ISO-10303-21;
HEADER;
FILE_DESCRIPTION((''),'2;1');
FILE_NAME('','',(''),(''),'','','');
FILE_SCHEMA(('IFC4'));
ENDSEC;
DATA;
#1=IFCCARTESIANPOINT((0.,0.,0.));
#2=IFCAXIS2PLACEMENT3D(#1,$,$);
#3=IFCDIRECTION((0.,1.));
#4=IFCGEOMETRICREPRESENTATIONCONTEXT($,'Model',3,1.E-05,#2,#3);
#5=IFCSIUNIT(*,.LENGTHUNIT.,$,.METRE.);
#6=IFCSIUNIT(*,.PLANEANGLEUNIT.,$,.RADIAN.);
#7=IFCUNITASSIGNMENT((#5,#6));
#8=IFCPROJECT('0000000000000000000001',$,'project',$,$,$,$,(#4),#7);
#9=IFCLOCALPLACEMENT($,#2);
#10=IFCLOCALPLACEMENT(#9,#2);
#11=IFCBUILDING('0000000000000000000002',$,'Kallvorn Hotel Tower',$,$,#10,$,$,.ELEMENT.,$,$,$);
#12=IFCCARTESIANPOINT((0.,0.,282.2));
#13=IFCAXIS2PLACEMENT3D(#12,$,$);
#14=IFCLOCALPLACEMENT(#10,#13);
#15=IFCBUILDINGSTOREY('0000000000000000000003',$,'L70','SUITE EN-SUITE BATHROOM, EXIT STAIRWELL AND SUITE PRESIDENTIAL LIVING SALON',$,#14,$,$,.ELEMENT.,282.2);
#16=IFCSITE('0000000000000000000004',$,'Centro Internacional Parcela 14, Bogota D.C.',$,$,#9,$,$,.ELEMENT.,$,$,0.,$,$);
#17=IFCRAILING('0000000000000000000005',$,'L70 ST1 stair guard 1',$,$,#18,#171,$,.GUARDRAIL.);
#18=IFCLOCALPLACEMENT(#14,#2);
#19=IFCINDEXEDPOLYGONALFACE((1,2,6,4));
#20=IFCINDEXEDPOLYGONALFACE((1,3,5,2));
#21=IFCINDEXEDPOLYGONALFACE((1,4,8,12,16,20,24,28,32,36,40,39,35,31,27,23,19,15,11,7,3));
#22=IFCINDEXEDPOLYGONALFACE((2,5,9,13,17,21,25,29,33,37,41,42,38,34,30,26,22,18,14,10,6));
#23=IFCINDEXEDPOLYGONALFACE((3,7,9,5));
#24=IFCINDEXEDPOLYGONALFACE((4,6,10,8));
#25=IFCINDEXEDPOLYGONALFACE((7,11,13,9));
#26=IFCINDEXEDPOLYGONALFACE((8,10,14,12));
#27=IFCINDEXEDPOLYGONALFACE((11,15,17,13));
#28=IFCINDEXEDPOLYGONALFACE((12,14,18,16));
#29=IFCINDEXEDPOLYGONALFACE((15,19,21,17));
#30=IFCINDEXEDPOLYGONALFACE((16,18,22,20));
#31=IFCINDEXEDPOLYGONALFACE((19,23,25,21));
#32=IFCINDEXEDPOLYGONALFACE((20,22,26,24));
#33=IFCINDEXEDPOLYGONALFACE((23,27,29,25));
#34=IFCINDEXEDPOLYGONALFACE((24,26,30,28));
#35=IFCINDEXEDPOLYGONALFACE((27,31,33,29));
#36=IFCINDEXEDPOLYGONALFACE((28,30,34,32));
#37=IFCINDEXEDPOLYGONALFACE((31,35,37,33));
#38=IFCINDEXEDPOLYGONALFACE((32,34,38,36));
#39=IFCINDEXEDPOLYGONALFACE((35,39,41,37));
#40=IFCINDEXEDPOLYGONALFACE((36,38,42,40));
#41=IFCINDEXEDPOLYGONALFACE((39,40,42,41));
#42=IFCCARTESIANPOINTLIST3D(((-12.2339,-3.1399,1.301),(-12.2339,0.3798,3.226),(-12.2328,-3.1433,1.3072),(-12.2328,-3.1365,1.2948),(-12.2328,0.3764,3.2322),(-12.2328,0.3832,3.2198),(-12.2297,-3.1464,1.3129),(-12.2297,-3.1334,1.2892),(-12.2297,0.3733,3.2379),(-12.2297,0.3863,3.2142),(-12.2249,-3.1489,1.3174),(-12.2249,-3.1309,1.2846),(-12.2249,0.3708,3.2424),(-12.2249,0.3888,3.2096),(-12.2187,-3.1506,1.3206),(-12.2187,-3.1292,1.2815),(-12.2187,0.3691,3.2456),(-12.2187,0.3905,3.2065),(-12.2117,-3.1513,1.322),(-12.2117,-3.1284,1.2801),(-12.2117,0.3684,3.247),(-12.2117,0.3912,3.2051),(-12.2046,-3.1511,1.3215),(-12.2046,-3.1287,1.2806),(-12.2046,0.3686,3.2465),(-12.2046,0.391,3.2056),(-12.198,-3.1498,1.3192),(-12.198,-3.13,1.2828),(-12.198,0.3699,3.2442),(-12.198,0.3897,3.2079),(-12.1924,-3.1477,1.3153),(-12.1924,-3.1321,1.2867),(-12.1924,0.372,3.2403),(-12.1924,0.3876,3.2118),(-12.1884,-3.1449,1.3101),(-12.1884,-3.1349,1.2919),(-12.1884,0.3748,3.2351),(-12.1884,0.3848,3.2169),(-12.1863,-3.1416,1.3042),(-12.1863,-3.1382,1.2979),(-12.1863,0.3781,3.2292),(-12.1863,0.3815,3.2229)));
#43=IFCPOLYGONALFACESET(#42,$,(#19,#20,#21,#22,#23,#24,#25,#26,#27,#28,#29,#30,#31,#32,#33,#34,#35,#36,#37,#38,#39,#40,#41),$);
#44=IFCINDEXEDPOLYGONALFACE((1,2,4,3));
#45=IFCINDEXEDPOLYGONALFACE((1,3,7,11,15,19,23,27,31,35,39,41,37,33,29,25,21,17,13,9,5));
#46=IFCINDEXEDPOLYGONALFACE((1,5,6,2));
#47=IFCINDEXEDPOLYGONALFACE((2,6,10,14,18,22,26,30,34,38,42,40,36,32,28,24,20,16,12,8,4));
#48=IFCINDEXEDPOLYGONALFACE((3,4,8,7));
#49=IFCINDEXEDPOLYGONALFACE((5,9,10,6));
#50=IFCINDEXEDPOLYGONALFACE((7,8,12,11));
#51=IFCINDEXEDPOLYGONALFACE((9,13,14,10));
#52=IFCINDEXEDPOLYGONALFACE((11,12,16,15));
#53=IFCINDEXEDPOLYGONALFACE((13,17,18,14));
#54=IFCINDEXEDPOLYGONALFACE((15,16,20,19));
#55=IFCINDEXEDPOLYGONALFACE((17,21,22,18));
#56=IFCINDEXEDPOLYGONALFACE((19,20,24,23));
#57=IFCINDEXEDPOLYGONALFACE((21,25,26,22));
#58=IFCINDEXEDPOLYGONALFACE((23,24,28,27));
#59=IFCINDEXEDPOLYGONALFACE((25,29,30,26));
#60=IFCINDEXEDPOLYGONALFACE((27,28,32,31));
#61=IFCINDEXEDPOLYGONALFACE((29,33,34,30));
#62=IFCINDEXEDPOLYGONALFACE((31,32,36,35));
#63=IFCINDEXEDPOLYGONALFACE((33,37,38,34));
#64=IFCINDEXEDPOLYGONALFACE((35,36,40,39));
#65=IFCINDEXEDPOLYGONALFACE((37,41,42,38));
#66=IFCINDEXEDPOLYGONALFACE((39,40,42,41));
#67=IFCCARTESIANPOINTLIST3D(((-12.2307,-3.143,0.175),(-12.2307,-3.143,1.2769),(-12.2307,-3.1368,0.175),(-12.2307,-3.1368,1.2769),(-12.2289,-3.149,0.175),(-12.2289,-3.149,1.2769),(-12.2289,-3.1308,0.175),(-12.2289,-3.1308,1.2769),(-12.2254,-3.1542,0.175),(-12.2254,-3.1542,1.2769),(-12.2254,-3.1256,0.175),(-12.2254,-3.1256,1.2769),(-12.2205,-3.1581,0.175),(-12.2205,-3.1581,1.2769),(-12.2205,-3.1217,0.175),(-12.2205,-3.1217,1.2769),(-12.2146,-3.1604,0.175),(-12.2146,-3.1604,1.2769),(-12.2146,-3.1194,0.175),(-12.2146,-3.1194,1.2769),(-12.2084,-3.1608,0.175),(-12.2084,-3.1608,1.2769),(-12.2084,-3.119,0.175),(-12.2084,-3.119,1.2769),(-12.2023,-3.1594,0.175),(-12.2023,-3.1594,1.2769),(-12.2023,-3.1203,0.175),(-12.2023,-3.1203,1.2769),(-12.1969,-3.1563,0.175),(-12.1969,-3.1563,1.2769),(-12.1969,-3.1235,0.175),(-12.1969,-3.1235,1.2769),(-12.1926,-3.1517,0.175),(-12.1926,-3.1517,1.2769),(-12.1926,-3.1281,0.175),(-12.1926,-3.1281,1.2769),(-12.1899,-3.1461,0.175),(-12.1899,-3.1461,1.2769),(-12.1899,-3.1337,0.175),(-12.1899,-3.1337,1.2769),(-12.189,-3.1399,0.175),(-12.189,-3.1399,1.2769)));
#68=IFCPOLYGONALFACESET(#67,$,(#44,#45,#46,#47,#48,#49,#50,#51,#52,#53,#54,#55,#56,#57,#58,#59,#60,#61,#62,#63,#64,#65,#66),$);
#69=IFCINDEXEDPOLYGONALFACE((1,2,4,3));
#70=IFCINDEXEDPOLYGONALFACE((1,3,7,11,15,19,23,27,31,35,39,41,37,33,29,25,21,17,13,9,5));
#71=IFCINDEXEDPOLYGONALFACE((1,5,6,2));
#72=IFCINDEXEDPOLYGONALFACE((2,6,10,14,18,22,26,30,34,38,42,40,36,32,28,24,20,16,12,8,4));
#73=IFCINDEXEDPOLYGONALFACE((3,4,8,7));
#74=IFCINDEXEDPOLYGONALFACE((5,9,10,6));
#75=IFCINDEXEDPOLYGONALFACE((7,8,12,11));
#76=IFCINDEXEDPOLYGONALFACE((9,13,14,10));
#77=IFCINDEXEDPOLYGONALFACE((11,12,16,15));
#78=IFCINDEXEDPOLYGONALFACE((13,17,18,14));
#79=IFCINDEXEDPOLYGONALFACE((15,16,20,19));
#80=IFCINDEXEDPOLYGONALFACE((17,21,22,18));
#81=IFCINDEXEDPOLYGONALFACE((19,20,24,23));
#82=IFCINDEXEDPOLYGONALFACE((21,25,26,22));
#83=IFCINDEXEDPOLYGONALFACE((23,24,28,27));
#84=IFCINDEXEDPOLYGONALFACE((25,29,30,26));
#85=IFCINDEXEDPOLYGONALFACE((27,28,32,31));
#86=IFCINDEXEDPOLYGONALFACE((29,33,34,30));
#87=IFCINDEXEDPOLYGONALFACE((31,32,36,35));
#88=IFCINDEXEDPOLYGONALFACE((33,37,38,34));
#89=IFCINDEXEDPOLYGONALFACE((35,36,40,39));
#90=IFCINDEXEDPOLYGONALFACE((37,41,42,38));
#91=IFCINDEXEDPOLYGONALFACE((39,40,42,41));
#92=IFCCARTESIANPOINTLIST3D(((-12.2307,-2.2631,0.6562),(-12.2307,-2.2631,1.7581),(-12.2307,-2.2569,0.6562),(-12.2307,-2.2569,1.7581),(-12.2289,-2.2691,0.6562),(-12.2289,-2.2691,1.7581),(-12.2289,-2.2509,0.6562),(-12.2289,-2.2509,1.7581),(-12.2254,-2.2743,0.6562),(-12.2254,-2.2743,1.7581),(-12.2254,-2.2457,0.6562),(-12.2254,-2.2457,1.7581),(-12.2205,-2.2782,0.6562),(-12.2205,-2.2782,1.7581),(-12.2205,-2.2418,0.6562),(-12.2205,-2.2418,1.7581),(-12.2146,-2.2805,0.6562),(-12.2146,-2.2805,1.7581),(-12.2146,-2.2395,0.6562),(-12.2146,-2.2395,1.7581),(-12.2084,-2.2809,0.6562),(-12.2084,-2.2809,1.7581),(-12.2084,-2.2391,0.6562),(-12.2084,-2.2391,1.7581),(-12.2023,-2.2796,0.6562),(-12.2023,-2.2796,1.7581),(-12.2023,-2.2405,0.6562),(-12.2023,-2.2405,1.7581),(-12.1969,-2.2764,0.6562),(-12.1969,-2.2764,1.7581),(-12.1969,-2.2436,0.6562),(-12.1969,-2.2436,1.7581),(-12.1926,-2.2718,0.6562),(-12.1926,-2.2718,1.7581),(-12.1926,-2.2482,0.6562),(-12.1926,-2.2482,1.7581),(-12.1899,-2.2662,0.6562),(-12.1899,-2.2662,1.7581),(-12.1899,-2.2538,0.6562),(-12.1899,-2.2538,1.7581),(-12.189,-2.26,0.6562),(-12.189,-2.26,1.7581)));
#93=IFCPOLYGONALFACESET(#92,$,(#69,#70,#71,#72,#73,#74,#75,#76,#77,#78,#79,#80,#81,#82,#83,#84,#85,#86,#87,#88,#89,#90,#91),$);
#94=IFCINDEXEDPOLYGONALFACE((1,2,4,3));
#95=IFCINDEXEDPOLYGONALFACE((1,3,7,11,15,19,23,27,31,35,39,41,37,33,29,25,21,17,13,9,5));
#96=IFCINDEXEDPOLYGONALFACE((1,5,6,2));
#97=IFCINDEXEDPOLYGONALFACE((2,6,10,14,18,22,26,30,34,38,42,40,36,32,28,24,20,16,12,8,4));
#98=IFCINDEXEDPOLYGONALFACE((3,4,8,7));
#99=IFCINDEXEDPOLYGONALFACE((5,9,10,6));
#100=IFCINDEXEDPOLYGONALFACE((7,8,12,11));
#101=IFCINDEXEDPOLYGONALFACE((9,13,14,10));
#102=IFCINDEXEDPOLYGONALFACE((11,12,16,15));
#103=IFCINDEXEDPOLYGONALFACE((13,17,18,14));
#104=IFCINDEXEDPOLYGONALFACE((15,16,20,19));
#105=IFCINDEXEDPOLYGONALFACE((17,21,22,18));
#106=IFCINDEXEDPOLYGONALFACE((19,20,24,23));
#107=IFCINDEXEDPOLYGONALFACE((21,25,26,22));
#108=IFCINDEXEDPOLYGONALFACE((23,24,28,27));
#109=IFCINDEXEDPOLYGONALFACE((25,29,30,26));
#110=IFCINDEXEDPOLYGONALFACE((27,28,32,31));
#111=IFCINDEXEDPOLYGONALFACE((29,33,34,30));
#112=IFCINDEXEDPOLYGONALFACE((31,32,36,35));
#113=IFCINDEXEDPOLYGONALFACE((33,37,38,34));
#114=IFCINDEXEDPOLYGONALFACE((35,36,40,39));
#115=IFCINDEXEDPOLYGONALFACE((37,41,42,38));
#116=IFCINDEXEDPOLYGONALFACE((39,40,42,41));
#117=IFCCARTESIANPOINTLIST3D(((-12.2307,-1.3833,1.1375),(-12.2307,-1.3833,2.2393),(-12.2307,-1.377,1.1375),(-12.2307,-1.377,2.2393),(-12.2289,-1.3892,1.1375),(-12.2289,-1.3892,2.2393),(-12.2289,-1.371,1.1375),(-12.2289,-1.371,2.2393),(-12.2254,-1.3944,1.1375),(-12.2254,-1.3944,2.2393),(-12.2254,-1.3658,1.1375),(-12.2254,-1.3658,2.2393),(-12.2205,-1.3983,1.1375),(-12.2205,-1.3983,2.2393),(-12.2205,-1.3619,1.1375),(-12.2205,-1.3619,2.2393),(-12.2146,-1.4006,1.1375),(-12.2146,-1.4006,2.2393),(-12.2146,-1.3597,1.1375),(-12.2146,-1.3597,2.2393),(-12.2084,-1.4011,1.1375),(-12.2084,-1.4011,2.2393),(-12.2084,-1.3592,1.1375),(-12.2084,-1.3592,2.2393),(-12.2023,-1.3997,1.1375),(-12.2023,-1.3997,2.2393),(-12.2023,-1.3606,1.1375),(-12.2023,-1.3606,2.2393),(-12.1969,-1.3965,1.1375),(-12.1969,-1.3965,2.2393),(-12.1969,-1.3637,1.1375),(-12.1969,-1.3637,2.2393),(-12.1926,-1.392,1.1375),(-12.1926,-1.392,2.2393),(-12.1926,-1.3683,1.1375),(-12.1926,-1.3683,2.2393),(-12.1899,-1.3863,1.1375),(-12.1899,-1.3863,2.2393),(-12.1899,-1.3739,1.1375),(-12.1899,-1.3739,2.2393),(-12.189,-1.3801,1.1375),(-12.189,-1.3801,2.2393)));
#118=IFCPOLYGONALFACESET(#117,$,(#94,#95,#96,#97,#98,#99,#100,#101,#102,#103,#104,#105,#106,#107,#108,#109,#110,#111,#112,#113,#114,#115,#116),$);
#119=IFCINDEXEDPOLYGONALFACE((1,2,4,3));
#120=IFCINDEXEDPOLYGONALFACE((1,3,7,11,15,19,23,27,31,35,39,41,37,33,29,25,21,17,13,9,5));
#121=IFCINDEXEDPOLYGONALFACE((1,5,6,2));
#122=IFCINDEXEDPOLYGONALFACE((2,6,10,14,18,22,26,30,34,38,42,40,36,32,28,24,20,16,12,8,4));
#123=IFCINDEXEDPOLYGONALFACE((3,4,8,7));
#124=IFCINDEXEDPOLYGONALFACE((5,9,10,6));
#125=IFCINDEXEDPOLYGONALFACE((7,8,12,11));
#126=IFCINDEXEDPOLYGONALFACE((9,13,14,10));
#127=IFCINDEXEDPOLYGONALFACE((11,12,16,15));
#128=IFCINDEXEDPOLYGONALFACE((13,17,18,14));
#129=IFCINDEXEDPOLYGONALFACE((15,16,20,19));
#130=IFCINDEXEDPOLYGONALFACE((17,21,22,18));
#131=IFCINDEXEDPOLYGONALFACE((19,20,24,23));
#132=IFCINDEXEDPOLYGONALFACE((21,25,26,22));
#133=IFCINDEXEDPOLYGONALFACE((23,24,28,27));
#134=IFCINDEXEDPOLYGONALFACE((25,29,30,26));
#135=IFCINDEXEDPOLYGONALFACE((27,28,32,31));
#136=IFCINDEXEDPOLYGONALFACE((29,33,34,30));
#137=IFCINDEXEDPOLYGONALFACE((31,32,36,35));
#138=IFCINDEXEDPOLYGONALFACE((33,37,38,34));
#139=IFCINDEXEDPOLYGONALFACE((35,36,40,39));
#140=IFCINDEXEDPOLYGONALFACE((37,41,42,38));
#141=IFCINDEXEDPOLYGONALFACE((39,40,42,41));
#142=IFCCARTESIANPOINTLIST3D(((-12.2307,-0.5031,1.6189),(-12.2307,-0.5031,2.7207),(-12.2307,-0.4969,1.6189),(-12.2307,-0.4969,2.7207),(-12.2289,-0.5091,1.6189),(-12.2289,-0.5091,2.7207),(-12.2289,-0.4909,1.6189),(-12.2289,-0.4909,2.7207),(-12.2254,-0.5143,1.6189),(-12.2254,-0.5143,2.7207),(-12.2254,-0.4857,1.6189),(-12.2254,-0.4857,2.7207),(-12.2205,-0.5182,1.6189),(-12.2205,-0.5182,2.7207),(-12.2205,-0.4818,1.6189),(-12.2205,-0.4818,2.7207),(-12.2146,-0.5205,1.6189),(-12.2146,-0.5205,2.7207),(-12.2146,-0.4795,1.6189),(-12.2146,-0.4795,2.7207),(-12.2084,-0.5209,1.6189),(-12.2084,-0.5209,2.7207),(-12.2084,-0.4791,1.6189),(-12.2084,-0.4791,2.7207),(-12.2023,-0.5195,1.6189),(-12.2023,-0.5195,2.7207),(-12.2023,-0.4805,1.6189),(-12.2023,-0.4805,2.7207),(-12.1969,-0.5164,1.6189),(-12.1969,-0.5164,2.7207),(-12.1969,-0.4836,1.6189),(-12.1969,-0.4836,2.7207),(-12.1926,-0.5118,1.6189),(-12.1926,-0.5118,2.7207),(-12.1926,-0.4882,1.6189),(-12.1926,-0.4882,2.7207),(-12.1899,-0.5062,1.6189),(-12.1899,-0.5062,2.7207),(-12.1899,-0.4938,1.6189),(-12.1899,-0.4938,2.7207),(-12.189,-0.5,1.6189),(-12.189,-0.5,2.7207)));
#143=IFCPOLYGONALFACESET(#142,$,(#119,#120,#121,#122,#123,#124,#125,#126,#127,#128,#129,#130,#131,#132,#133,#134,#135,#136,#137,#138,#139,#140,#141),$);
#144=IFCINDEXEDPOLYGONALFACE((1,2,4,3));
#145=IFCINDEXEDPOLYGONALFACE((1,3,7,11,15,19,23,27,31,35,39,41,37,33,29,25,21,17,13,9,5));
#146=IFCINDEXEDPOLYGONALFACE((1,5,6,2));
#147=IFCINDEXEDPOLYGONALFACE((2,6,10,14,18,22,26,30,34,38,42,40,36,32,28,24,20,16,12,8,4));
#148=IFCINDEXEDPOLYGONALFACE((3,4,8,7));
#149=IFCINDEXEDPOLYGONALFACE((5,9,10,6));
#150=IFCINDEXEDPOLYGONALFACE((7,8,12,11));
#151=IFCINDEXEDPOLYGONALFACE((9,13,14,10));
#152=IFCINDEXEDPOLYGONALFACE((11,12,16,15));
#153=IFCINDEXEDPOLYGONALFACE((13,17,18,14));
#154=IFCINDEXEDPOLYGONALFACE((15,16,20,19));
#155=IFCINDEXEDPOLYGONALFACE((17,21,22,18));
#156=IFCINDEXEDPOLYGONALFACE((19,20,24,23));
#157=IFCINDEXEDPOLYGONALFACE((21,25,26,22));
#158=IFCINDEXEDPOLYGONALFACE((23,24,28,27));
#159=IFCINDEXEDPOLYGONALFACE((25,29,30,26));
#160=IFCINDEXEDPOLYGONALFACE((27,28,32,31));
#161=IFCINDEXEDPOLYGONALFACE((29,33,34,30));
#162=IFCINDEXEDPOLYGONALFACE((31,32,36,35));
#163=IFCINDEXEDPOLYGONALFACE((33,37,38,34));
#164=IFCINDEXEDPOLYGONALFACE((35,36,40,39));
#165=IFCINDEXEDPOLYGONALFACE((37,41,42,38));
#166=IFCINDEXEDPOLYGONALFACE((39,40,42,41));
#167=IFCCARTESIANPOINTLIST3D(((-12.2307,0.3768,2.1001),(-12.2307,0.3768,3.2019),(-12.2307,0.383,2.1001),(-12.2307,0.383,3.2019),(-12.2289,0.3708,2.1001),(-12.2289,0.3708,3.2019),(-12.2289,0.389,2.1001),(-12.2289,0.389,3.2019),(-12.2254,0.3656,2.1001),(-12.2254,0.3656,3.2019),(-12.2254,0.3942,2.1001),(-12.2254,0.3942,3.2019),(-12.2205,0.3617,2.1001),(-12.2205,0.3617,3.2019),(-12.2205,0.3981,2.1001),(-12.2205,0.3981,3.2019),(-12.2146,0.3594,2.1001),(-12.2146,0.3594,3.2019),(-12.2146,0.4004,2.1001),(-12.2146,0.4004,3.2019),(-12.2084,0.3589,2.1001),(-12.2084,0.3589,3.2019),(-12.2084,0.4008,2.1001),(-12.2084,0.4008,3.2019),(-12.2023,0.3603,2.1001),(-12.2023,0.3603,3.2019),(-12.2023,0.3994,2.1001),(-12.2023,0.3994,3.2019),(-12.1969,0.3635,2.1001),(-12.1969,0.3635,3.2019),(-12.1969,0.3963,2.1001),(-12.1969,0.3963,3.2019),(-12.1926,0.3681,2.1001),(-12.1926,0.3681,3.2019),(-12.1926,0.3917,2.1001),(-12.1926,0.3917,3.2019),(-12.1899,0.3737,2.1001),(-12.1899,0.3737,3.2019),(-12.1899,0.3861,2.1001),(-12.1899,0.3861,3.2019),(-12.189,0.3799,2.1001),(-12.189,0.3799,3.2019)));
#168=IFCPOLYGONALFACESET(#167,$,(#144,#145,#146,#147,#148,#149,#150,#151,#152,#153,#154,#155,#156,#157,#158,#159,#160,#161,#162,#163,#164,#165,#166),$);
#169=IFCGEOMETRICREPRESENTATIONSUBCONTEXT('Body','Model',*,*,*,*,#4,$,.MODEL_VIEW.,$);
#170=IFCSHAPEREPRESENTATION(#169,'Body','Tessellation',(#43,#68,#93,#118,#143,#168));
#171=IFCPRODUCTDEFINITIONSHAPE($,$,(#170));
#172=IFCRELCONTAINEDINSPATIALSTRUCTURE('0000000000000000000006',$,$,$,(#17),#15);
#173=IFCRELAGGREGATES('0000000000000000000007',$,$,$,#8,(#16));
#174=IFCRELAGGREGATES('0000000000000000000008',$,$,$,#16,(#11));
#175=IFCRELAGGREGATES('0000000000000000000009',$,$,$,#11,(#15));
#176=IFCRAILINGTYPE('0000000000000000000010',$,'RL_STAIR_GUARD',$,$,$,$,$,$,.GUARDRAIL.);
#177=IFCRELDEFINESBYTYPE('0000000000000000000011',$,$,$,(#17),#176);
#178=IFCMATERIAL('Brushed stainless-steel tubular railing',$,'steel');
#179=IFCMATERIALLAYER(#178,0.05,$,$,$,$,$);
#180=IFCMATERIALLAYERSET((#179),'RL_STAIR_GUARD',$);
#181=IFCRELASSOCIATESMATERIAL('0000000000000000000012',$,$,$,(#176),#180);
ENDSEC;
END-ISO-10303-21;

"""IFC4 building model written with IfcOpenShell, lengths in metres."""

from ifc_helpers import new_model, si_unit, direction, frame, origin, origin_2d, place, context, subcontext, project, spatial, circle, extrude, material, layer, layer_set, type_object, element, save


model = new_model("IFC4")

# Units and contexts
model_context = context("Model", 3, precision=1e-05, world=origin(), true_north=direction((0.0, 1.0)))
body_context = subcontext(model_context, "Body", "Model", "MODEL_VIEW")
ifc_project = project(units=[si_unit("LENGTHUNIT", "METRE"), si_unit("PLANEANGLEUNIT", "RADIAN")], contexts=[model_context])

# Site, building, storey
site_placement = place(None, origin())
site = spatial("IfcSite", under=ifc_project, at=site_placement, Name="Centro Internacional Parcela 14, Bogota D.C.", CompositionType="ELEMENT", RefElevation=0.0)
building_placement = place(site_placement, origin())
building = spatial("IfcBuilding", under=site, at=building_placement, Name="Kallvorn Hotel Tower", CompositionType="ELEMENT")
storey_placement = place(building_placement, frame((0.0, 0.0, 282.2)))
storey = spatial("IfcBuildingStorey", under=building, at=storey_placement, Name="L70", Description="SUITE EN-SUITE BATHROOM, EXIT STAIRWELL AND SUITE PRESIDENTIAL LIVING SALON", CompositionType="ELEMENT", Elevation=282.2)

# Railing
ifc_material_1 = material(Name="Brushed stainless-steel tubular railing", Category="steel")
ifc_layer_1 = layer(ifc_material_1, 0.05)
ifc_layer_set_1 = layer_set([ifc_layer_1], Name="RL_STAIR_GUARD")
railing_type = type_object("IfcRailingType", Name="RL_STAIR_GUARD", PredefinedType="GUARDRAIL", material=ifc_layer_set_1)
railing_1_placement = place(storey_placement, frame((-12.21, -3.1399, 0.175)))
element("IfcRailing", 1, at=railing_1_placement, inside=storey, type_object=railing_type, Name="L70 ST1 stair guard 1", PredefinedType="GUARDRAIL", context=body_context, shape_type="SweptSolid", body=[
    extrude(circle(Radius=0.0239, at=origin_2d()), frame((0.0, 0.0, 1.126), z_axis=(0.0, 0.877353, 0.479845), x_axis=(-1.0, 0.0, 0.0)), (0.0, 0.0, 1.0), 4.0117),
    extrude(circle(Radius=0.021, at=origin_2d()), origin(), (0.0, 0.0, 1.0), 1.1018),
    extrude(circle(Radius=0.021, at=origin_2d()), frame((0.0, 0.8799, 0.4812)), (0.0, 0.0, 1.0), 1.1018),
    extrude(circle(Radius=0.021, at=origin_2d()), frame((0.0, 1.7598, 0.9624)), (0.0, 0.0, 1.0), 1.1018),
    extrude(circle(Radius=0.021, at=origin_2d()), frame((0.0, 2.6399, 1.4438)), (0.0, 0.0, 1.0), 1.1018),
    extrude(circle(Radius=0.021, at=origin_2d()), frame((0.0, 3.5198, 1.925)), (0.0, 0.0, 1.0), 1.1018),
])

save(model, "model.ifc")
